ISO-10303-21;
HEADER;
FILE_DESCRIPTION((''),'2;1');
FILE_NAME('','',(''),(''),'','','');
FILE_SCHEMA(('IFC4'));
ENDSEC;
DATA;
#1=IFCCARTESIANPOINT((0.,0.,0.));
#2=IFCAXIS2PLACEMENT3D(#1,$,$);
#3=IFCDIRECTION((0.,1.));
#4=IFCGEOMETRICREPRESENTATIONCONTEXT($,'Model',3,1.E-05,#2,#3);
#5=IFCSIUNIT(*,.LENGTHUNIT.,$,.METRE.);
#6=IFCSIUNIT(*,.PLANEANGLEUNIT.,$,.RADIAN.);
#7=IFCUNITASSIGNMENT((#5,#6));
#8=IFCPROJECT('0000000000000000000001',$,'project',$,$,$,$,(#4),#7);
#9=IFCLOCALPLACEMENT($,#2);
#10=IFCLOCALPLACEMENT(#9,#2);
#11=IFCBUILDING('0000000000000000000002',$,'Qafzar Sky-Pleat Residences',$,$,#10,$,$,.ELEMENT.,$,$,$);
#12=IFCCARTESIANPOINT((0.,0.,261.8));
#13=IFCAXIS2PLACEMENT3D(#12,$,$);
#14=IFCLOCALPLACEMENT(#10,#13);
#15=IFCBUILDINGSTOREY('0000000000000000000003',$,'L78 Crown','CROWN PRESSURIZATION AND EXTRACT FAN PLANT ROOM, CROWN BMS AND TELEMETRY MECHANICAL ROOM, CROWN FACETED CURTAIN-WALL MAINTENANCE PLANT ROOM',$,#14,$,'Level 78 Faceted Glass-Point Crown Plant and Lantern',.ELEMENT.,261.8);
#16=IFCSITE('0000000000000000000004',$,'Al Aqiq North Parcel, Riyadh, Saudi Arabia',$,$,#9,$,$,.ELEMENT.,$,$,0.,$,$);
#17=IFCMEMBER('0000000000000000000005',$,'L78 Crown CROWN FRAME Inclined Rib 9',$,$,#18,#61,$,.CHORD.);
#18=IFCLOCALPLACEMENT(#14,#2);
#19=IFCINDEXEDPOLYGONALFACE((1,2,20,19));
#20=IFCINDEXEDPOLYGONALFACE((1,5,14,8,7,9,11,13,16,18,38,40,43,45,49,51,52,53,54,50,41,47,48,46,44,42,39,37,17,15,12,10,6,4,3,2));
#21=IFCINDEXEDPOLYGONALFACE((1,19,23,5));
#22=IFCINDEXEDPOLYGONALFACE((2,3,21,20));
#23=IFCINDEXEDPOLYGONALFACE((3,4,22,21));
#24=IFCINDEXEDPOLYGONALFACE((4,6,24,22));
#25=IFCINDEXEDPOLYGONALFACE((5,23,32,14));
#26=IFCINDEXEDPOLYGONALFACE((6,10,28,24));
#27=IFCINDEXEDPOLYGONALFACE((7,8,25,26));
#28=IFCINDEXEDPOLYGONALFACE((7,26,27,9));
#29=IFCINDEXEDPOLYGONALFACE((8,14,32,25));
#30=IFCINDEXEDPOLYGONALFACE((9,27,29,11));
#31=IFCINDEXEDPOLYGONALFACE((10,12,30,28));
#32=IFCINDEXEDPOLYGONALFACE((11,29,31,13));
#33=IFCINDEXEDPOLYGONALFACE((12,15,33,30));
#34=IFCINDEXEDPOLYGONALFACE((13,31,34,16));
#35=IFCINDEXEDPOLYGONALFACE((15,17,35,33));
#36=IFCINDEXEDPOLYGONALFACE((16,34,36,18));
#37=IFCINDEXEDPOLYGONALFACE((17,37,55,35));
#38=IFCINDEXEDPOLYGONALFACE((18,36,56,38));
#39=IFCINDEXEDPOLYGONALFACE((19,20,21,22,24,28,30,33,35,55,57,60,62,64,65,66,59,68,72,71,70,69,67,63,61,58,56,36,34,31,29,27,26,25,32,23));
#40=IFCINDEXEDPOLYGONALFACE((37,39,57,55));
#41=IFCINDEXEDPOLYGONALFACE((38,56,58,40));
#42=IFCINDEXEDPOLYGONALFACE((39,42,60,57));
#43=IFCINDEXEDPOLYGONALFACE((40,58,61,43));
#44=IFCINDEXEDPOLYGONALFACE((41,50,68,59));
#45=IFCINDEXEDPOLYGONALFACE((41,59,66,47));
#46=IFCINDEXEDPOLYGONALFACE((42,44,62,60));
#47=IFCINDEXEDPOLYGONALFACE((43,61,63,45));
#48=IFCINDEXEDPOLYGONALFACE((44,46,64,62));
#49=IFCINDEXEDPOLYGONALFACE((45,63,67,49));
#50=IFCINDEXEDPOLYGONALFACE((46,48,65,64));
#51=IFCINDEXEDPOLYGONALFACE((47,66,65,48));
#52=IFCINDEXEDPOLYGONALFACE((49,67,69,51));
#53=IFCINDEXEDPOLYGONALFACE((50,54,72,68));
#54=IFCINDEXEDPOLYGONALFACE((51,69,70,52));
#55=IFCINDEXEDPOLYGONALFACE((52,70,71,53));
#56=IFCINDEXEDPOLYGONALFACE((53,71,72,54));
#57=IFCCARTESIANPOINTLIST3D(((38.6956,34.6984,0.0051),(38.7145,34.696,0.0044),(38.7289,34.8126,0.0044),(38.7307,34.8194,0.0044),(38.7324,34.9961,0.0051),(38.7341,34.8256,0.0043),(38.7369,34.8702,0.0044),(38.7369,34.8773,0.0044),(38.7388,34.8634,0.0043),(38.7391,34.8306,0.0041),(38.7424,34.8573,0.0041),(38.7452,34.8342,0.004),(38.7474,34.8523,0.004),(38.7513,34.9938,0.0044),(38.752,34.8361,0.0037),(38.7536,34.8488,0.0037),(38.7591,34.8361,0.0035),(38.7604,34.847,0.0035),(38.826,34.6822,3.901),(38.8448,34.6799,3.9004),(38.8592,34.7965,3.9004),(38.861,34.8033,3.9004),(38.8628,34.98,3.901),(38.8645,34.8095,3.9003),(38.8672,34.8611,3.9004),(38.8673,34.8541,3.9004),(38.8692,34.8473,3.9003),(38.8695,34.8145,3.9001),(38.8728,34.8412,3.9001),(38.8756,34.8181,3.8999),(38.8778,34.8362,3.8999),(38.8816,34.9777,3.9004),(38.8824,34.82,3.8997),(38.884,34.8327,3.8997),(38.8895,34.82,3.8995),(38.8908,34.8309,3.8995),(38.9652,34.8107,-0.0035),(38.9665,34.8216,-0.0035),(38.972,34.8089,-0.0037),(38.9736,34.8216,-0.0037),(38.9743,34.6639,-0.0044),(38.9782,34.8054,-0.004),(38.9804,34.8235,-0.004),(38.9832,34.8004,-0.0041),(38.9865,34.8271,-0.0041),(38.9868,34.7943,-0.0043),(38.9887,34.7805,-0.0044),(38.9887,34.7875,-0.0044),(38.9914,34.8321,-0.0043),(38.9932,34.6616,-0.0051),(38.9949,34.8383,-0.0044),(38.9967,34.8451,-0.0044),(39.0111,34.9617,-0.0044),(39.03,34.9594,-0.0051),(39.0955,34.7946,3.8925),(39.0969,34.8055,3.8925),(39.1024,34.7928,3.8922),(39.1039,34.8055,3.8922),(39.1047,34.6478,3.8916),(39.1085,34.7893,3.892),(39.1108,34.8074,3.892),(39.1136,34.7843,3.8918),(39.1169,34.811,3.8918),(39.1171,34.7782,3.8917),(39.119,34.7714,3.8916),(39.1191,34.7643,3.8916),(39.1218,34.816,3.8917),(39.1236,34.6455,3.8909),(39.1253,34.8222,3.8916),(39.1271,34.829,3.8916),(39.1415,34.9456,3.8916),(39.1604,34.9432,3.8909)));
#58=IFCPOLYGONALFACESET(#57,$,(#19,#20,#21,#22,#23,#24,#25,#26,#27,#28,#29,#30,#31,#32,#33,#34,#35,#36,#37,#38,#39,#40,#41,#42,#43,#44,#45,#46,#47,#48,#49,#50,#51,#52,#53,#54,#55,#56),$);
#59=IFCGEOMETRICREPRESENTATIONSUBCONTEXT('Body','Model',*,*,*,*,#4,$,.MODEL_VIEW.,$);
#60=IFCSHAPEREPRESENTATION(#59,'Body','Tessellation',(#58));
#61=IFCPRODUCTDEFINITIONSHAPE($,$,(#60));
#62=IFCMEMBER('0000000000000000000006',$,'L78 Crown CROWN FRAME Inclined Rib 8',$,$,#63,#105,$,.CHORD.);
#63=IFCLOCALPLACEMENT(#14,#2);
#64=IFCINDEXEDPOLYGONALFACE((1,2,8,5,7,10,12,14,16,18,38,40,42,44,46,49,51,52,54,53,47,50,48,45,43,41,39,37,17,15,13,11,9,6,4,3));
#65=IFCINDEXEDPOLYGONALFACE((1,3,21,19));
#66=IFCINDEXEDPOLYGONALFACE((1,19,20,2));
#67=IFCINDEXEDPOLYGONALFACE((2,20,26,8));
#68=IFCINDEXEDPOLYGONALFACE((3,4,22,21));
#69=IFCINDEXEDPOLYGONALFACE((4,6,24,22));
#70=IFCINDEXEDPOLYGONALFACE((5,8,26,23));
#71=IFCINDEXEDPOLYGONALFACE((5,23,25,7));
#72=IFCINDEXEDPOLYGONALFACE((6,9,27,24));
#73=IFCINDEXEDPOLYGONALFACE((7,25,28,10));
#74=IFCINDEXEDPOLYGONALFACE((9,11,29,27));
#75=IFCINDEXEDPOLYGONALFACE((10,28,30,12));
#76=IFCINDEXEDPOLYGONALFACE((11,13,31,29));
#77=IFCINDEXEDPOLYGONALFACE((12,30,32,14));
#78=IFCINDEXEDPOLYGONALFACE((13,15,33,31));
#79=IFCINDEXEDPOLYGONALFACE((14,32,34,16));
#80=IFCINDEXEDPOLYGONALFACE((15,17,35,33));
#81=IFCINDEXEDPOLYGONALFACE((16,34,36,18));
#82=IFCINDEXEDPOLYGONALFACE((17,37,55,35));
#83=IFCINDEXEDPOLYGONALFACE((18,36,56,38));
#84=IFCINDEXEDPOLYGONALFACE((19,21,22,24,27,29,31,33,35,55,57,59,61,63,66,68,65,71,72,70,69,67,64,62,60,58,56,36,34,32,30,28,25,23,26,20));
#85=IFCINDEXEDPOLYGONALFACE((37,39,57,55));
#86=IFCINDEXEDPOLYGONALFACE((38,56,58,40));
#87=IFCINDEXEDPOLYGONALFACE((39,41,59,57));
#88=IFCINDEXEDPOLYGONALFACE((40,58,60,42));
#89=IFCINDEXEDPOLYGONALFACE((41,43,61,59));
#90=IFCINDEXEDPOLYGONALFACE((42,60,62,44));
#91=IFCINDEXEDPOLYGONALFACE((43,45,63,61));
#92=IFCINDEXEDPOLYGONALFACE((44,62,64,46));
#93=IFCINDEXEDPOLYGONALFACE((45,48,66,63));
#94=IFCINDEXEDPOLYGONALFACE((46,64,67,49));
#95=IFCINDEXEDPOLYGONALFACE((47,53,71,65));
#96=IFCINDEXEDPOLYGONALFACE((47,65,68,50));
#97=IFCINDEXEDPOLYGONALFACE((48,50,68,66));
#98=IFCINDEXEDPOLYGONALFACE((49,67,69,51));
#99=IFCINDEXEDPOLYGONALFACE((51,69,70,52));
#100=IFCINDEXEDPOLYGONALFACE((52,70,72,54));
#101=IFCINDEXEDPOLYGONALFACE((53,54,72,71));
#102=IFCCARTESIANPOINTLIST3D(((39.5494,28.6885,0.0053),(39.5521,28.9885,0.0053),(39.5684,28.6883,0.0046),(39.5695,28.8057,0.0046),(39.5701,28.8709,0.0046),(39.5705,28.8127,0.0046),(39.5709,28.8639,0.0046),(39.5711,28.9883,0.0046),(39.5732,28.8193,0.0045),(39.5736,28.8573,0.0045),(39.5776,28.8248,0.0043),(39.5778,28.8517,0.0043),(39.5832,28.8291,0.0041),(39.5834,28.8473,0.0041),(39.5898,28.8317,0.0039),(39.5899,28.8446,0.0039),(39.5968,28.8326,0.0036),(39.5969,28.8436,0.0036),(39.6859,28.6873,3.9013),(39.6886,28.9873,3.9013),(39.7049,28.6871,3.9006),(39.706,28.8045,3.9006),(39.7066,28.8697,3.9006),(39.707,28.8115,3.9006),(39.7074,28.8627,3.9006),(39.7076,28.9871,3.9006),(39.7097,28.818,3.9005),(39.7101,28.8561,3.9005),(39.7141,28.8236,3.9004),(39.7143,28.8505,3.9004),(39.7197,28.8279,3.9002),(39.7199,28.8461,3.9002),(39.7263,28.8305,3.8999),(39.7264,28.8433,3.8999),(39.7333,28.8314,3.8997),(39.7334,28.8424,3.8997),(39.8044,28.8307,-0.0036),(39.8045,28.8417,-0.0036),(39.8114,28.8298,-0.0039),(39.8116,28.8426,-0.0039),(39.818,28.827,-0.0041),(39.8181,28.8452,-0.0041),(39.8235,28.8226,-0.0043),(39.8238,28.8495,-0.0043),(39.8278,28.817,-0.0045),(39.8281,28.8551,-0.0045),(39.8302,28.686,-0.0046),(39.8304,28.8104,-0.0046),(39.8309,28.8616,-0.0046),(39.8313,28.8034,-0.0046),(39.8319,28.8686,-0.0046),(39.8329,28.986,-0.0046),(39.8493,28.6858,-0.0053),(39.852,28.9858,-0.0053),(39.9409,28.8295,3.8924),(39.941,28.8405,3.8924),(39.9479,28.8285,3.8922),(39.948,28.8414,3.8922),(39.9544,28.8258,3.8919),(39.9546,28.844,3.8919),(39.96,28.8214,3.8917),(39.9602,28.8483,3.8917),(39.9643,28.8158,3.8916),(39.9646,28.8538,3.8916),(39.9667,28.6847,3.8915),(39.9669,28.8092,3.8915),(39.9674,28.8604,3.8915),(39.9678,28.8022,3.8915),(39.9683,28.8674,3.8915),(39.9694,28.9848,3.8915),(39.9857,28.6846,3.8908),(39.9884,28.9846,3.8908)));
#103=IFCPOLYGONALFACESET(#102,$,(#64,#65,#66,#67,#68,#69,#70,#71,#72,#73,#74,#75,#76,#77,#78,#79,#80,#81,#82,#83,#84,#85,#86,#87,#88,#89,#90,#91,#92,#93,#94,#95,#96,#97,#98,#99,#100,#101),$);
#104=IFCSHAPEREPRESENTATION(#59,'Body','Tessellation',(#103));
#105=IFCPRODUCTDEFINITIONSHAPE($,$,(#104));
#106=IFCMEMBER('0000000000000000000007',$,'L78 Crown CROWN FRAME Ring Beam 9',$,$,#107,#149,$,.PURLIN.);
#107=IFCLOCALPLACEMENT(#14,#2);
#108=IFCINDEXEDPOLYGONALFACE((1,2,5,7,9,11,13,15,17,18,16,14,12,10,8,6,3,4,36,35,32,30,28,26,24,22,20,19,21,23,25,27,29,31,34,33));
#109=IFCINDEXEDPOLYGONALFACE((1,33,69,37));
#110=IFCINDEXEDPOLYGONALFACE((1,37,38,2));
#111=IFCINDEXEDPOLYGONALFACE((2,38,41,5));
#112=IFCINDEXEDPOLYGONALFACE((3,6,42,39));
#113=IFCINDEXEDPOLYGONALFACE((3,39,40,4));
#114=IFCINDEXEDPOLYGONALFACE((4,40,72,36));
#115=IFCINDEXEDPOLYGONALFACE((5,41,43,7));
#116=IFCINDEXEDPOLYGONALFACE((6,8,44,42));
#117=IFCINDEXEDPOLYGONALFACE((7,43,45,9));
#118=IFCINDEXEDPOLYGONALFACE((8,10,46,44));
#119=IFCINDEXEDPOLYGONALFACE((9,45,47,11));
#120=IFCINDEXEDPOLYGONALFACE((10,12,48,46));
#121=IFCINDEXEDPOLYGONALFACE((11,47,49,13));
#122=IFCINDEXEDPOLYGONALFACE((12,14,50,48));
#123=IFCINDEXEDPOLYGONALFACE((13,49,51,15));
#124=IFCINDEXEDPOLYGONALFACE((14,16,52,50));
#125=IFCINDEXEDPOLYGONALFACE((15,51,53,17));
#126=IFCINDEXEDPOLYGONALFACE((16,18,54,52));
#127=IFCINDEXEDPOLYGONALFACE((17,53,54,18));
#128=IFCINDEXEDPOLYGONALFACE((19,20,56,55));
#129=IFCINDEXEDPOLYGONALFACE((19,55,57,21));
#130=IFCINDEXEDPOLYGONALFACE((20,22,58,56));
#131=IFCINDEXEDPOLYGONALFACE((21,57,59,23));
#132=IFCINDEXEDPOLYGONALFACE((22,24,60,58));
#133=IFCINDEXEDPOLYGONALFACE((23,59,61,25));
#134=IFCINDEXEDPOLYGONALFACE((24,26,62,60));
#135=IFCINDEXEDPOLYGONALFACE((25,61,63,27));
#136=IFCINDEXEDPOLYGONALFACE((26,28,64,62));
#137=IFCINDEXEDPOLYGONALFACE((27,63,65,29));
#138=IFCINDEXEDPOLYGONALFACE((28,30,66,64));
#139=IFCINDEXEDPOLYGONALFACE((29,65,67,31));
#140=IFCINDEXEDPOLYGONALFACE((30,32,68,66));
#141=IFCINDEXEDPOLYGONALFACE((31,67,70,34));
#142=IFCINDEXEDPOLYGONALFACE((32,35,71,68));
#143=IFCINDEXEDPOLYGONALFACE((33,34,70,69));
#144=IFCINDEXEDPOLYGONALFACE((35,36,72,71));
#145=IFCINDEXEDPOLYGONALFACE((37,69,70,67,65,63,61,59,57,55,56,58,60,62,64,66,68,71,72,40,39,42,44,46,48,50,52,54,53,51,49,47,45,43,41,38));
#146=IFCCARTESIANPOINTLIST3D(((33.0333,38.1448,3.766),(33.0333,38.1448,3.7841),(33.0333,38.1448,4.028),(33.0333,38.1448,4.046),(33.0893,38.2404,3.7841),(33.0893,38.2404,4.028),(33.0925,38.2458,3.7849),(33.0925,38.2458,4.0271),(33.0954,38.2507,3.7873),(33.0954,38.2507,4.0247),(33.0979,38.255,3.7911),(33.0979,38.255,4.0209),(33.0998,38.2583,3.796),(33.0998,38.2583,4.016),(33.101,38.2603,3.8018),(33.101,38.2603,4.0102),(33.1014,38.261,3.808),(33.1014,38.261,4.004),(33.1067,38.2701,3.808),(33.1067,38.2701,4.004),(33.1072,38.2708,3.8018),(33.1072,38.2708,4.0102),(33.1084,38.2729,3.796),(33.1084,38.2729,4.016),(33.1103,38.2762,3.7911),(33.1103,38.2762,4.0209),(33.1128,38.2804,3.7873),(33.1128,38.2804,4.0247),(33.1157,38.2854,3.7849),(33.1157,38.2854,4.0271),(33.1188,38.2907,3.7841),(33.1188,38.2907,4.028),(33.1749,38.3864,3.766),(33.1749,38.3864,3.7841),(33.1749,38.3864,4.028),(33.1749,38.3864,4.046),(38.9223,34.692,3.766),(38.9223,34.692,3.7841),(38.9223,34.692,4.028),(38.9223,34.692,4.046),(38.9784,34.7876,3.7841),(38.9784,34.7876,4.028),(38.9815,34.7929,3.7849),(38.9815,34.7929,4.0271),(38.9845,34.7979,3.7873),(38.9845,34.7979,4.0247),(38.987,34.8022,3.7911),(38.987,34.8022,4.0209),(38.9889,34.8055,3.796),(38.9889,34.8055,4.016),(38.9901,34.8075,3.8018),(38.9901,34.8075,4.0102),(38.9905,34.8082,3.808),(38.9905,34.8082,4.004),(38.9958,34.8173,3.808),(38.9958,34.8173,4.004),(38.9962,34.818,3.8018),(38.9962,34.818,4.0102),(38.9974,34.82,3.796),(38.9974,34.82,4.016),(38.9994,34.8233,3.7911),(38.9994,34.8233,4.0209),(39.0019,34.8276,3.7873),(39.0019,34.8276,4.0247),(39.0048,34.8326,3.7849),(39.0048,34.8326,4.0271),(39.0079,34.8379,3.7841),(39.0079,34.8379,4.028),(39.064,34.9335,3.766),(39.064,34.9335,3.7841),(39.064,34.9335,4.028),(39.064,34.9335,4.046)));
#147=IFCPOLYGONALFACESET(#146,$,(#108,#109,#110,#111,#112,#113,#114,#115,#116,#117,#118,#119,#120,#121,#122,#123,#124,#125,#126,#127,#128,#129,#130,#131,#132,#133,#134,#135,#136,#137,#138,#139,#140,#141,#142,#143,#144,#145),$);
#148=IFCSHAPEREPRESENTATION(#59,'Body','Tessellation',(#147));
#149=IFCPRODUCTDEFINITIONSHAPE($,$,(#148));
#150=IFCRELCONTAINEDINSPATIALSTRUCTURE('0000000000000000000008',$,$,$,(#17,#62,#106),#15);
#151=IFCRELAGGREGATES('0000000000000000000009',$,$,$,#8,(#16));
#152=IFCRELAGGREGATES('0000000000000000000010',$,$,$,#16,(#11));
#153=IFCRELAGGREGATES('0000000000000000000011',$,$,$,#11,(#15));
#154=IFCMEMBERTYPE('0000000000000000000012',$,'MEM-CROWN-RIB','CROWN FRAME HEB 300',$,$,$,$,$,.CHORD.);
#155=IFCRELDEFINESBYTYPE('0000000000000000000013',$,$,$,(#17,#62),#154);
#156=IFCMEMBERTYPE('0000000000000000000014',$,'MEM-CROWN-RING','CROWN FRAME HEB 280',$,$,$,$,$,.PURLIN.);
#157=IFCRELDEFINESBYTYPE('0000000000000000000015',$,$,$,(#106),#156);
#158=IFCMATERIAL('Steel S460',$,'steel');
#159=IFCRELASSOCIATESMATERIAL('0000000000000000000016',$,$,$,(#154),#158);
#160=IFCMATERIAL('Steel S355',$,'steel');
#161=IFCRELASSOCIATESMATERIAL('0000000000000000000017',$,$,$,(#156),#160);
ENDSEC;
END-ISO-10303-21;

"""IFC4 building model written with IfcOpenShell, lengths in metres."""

from ifc_helpers import new_model, si_unit, direction, frame, origin, origin_2d, place, context, subcontext, project, spatial, i_section, extrude, source, transform, mapped, material, material_profile, profile_set, type_object, element, save


model = new_model("IFC4")

# Units and contexts
model_context = context("Model", 3, precision=1e-05, world=origin(), true_north=direction((0.0, 1.0)))
body_context = subcontext(model_context, "Body", "Model", "MODEL_VIEW")
ifc_project = project(units=[si_unit("LENGTHUNIT", "METRE"), si_unit("PLANEANGLEUNIT", "RADIAN")], contexts=[model_context])

# Site, building, storey
site_placement = place(None, origin())
site = spatial("IfcSite", under=ifc_project, at=site_placement, Name="Al Aqiq North Parcel, Riyadh, Saudi Arabia", CompositionType="ELEMENT", RefElevation=0.0)
building_placement = place(site_placement, origin())
building = spatial("IfcBuilding", under=site, at=building_placement, Name="Qafzar Sky-Pleat Residences", CompositionType="ELEMENT")
storey_placement = place(building_placement, frame((0.0, 0.0, 261.8)))
storey = spatial("IfcBuildingStorey", under=building, at=storey_placement, Name="L78 Crown", Description="CROWN PRESSURIZATION AND EXTRACT FAN PLANT ROOM, CROWN BMS AND TELEMETRY MECHANICAL ROOM, CROWN FACETED CURTAIN-WALL MAINTENANCE PLANT ROOM", LongName="Level 78 Faceted Glass-Point Crown Plant and Lantern", CompositionType="ELEMENT", Elevation=261.8)

# Members
ifc_material_1 = material(Name="Steel S460", Category="steel")
ifc_material_profile_1 = material_profile(ifc_material_1, i_section(OverallWidth=0.3, OverallDepth=0.3, WebThickness=0.011, FlangeThickness=0.019, FilletRadius=0.0271, at=origin_2d()), Name="HEB 300")
ifc_profile_set_1 = profile_set([ifc_material_profile_1], Name="Steel S460")
member_type_1 = type_object("IfcMemberType", Name="MEM-CROWN-RIB", Description="CROWN FRAME HEB 300", PredefinedType="CHORD", material=ifc_profile_set_1)
shared_shape_1 = source(origin(), body_context, "Body", "SweptSolid", [
    extrude(i_section(OverallWidth=0.3, OverallDepth=0.3, WebThickness=0.011, FlangeThickness=0.019, FilletRadius=0.0271, at=origin_2d()), origin(), (0.0, 0.0, 1.0), 3.8982),
])
member_1_placement = place(storey_placement, frame((38.8628, 34.8289, 0.0), z_axis=(0.033444, -0.004134, 0.999432), x_axis=(0.122662, 0.992448, 0.0)))
element("IfcMember", 1, at=member_1_placement, inside=storey, type_object=member_type_1, Name="L78 Crown CROWN FRAME Inclined Rib 9", PredefinedType="CHORD", context=body_context, shape_type="MappedRepresentation", body=[
    mapped(shared_shape_1, transform((0.0, 0.0, 0.0), x_axis=(1.0, 0.0, 0.0), y_axis=(0.0, 1.0, 0.0), z_axis=(0.0, 0.0, 1.0), scale=1.0)),
])
shared_shape_2 = source(origin(), body_context, "Body", "SweptSolid", [
    extrude(i_section(OverallWidth=0.3, OverallDepth=0.3, WebThickness=0.011, FlangeThickness=0.019, FilletRadius=0.0271, at=origin_2d()), origin(), (0.0, 0.0, 1.0), 3.8984),
])
member_2_placement = place(storey_placement, frame((39.7007, 28.8372, 0.0), z_axis=(0.035008, -0.000313, 0.999387), x_axis=(0.008944, 0.99996, 0.0)))
element("IfcMember", 2, at=member_2_placement, inside=storey, type_object=member_type_1, Name="L78 Crown CROWN FRAME Inclined Rib 8", PredefinedType="CHORD", context=body_context, shape_type="MappedRepresentation", body=[
    mapped(shared_shape_2, transform((0.0, 0.0, 0.0), x_axis=(1.0, 0.0, 0.0), y_axis=(0.0, 1.0, 0.0), z_axis=(0.0, 0.0, 1.0), scale=1.0)),
])
ifc_material_2 = material(Name="Steel S355", Category="steel")
ifc_material_profile_2 = material_profile(ifc_material_2, i_section(OverallWidth=0.28, OverallDepth=0.28, WebThickness=0.0105, FlangeThickness=0.0181, FilletRadius=0.0239, at=origin_2d()), Name="HEB 280")
ifc_profile_set_2 = profile_set([ifc_material_profile_2], Name="Steel S355")
member_type_2 = type_object("IfcMemberType", Name="MEM-CROWN-RING", Description="CROWN FRAME HEB 280", PredefinedType="PURLIN", material=ifc_profile_set_2)
shared_shape_3 = source(origin(), body_context, "Body", "SweptSolid", [
    extrude(i_section(OverallWidth=0.28, OverallDepth=0.28, WebThickness=0.0105, FlangeThickness=0.0181, FilletRadius=0.0239, at=origin_2d()), origin(), (0.0, 0.0, 1.0), 6.8267),
])
member_3_placement = place(storey_placement, frame((38.9932, 34.8127, 3.906), z_axis=(-0.862659, 0.505786, 0.0), x_axis=(-0.505786, -0.862659, 0.0)))
element("IfcMember", 3, at=member_3_placement, inside=storey, type_object=member_type_2, Name="L78 Crown CROWN FRAME Ring Beam 9", PredefinedType="PURLIN", context=body_context, shape_type="MappedRepresentation", body=[
    mapped(shared_shape_3, transform((0.0, 0.0, 0.0), x_axis=(1.0, 0.0, 0.0), y_axis=(0.0, 1.0, 0.0), z_axis=(0.0, 0.0, 1.0), scale=1.0)),
])

save(model, "model.ifc")
